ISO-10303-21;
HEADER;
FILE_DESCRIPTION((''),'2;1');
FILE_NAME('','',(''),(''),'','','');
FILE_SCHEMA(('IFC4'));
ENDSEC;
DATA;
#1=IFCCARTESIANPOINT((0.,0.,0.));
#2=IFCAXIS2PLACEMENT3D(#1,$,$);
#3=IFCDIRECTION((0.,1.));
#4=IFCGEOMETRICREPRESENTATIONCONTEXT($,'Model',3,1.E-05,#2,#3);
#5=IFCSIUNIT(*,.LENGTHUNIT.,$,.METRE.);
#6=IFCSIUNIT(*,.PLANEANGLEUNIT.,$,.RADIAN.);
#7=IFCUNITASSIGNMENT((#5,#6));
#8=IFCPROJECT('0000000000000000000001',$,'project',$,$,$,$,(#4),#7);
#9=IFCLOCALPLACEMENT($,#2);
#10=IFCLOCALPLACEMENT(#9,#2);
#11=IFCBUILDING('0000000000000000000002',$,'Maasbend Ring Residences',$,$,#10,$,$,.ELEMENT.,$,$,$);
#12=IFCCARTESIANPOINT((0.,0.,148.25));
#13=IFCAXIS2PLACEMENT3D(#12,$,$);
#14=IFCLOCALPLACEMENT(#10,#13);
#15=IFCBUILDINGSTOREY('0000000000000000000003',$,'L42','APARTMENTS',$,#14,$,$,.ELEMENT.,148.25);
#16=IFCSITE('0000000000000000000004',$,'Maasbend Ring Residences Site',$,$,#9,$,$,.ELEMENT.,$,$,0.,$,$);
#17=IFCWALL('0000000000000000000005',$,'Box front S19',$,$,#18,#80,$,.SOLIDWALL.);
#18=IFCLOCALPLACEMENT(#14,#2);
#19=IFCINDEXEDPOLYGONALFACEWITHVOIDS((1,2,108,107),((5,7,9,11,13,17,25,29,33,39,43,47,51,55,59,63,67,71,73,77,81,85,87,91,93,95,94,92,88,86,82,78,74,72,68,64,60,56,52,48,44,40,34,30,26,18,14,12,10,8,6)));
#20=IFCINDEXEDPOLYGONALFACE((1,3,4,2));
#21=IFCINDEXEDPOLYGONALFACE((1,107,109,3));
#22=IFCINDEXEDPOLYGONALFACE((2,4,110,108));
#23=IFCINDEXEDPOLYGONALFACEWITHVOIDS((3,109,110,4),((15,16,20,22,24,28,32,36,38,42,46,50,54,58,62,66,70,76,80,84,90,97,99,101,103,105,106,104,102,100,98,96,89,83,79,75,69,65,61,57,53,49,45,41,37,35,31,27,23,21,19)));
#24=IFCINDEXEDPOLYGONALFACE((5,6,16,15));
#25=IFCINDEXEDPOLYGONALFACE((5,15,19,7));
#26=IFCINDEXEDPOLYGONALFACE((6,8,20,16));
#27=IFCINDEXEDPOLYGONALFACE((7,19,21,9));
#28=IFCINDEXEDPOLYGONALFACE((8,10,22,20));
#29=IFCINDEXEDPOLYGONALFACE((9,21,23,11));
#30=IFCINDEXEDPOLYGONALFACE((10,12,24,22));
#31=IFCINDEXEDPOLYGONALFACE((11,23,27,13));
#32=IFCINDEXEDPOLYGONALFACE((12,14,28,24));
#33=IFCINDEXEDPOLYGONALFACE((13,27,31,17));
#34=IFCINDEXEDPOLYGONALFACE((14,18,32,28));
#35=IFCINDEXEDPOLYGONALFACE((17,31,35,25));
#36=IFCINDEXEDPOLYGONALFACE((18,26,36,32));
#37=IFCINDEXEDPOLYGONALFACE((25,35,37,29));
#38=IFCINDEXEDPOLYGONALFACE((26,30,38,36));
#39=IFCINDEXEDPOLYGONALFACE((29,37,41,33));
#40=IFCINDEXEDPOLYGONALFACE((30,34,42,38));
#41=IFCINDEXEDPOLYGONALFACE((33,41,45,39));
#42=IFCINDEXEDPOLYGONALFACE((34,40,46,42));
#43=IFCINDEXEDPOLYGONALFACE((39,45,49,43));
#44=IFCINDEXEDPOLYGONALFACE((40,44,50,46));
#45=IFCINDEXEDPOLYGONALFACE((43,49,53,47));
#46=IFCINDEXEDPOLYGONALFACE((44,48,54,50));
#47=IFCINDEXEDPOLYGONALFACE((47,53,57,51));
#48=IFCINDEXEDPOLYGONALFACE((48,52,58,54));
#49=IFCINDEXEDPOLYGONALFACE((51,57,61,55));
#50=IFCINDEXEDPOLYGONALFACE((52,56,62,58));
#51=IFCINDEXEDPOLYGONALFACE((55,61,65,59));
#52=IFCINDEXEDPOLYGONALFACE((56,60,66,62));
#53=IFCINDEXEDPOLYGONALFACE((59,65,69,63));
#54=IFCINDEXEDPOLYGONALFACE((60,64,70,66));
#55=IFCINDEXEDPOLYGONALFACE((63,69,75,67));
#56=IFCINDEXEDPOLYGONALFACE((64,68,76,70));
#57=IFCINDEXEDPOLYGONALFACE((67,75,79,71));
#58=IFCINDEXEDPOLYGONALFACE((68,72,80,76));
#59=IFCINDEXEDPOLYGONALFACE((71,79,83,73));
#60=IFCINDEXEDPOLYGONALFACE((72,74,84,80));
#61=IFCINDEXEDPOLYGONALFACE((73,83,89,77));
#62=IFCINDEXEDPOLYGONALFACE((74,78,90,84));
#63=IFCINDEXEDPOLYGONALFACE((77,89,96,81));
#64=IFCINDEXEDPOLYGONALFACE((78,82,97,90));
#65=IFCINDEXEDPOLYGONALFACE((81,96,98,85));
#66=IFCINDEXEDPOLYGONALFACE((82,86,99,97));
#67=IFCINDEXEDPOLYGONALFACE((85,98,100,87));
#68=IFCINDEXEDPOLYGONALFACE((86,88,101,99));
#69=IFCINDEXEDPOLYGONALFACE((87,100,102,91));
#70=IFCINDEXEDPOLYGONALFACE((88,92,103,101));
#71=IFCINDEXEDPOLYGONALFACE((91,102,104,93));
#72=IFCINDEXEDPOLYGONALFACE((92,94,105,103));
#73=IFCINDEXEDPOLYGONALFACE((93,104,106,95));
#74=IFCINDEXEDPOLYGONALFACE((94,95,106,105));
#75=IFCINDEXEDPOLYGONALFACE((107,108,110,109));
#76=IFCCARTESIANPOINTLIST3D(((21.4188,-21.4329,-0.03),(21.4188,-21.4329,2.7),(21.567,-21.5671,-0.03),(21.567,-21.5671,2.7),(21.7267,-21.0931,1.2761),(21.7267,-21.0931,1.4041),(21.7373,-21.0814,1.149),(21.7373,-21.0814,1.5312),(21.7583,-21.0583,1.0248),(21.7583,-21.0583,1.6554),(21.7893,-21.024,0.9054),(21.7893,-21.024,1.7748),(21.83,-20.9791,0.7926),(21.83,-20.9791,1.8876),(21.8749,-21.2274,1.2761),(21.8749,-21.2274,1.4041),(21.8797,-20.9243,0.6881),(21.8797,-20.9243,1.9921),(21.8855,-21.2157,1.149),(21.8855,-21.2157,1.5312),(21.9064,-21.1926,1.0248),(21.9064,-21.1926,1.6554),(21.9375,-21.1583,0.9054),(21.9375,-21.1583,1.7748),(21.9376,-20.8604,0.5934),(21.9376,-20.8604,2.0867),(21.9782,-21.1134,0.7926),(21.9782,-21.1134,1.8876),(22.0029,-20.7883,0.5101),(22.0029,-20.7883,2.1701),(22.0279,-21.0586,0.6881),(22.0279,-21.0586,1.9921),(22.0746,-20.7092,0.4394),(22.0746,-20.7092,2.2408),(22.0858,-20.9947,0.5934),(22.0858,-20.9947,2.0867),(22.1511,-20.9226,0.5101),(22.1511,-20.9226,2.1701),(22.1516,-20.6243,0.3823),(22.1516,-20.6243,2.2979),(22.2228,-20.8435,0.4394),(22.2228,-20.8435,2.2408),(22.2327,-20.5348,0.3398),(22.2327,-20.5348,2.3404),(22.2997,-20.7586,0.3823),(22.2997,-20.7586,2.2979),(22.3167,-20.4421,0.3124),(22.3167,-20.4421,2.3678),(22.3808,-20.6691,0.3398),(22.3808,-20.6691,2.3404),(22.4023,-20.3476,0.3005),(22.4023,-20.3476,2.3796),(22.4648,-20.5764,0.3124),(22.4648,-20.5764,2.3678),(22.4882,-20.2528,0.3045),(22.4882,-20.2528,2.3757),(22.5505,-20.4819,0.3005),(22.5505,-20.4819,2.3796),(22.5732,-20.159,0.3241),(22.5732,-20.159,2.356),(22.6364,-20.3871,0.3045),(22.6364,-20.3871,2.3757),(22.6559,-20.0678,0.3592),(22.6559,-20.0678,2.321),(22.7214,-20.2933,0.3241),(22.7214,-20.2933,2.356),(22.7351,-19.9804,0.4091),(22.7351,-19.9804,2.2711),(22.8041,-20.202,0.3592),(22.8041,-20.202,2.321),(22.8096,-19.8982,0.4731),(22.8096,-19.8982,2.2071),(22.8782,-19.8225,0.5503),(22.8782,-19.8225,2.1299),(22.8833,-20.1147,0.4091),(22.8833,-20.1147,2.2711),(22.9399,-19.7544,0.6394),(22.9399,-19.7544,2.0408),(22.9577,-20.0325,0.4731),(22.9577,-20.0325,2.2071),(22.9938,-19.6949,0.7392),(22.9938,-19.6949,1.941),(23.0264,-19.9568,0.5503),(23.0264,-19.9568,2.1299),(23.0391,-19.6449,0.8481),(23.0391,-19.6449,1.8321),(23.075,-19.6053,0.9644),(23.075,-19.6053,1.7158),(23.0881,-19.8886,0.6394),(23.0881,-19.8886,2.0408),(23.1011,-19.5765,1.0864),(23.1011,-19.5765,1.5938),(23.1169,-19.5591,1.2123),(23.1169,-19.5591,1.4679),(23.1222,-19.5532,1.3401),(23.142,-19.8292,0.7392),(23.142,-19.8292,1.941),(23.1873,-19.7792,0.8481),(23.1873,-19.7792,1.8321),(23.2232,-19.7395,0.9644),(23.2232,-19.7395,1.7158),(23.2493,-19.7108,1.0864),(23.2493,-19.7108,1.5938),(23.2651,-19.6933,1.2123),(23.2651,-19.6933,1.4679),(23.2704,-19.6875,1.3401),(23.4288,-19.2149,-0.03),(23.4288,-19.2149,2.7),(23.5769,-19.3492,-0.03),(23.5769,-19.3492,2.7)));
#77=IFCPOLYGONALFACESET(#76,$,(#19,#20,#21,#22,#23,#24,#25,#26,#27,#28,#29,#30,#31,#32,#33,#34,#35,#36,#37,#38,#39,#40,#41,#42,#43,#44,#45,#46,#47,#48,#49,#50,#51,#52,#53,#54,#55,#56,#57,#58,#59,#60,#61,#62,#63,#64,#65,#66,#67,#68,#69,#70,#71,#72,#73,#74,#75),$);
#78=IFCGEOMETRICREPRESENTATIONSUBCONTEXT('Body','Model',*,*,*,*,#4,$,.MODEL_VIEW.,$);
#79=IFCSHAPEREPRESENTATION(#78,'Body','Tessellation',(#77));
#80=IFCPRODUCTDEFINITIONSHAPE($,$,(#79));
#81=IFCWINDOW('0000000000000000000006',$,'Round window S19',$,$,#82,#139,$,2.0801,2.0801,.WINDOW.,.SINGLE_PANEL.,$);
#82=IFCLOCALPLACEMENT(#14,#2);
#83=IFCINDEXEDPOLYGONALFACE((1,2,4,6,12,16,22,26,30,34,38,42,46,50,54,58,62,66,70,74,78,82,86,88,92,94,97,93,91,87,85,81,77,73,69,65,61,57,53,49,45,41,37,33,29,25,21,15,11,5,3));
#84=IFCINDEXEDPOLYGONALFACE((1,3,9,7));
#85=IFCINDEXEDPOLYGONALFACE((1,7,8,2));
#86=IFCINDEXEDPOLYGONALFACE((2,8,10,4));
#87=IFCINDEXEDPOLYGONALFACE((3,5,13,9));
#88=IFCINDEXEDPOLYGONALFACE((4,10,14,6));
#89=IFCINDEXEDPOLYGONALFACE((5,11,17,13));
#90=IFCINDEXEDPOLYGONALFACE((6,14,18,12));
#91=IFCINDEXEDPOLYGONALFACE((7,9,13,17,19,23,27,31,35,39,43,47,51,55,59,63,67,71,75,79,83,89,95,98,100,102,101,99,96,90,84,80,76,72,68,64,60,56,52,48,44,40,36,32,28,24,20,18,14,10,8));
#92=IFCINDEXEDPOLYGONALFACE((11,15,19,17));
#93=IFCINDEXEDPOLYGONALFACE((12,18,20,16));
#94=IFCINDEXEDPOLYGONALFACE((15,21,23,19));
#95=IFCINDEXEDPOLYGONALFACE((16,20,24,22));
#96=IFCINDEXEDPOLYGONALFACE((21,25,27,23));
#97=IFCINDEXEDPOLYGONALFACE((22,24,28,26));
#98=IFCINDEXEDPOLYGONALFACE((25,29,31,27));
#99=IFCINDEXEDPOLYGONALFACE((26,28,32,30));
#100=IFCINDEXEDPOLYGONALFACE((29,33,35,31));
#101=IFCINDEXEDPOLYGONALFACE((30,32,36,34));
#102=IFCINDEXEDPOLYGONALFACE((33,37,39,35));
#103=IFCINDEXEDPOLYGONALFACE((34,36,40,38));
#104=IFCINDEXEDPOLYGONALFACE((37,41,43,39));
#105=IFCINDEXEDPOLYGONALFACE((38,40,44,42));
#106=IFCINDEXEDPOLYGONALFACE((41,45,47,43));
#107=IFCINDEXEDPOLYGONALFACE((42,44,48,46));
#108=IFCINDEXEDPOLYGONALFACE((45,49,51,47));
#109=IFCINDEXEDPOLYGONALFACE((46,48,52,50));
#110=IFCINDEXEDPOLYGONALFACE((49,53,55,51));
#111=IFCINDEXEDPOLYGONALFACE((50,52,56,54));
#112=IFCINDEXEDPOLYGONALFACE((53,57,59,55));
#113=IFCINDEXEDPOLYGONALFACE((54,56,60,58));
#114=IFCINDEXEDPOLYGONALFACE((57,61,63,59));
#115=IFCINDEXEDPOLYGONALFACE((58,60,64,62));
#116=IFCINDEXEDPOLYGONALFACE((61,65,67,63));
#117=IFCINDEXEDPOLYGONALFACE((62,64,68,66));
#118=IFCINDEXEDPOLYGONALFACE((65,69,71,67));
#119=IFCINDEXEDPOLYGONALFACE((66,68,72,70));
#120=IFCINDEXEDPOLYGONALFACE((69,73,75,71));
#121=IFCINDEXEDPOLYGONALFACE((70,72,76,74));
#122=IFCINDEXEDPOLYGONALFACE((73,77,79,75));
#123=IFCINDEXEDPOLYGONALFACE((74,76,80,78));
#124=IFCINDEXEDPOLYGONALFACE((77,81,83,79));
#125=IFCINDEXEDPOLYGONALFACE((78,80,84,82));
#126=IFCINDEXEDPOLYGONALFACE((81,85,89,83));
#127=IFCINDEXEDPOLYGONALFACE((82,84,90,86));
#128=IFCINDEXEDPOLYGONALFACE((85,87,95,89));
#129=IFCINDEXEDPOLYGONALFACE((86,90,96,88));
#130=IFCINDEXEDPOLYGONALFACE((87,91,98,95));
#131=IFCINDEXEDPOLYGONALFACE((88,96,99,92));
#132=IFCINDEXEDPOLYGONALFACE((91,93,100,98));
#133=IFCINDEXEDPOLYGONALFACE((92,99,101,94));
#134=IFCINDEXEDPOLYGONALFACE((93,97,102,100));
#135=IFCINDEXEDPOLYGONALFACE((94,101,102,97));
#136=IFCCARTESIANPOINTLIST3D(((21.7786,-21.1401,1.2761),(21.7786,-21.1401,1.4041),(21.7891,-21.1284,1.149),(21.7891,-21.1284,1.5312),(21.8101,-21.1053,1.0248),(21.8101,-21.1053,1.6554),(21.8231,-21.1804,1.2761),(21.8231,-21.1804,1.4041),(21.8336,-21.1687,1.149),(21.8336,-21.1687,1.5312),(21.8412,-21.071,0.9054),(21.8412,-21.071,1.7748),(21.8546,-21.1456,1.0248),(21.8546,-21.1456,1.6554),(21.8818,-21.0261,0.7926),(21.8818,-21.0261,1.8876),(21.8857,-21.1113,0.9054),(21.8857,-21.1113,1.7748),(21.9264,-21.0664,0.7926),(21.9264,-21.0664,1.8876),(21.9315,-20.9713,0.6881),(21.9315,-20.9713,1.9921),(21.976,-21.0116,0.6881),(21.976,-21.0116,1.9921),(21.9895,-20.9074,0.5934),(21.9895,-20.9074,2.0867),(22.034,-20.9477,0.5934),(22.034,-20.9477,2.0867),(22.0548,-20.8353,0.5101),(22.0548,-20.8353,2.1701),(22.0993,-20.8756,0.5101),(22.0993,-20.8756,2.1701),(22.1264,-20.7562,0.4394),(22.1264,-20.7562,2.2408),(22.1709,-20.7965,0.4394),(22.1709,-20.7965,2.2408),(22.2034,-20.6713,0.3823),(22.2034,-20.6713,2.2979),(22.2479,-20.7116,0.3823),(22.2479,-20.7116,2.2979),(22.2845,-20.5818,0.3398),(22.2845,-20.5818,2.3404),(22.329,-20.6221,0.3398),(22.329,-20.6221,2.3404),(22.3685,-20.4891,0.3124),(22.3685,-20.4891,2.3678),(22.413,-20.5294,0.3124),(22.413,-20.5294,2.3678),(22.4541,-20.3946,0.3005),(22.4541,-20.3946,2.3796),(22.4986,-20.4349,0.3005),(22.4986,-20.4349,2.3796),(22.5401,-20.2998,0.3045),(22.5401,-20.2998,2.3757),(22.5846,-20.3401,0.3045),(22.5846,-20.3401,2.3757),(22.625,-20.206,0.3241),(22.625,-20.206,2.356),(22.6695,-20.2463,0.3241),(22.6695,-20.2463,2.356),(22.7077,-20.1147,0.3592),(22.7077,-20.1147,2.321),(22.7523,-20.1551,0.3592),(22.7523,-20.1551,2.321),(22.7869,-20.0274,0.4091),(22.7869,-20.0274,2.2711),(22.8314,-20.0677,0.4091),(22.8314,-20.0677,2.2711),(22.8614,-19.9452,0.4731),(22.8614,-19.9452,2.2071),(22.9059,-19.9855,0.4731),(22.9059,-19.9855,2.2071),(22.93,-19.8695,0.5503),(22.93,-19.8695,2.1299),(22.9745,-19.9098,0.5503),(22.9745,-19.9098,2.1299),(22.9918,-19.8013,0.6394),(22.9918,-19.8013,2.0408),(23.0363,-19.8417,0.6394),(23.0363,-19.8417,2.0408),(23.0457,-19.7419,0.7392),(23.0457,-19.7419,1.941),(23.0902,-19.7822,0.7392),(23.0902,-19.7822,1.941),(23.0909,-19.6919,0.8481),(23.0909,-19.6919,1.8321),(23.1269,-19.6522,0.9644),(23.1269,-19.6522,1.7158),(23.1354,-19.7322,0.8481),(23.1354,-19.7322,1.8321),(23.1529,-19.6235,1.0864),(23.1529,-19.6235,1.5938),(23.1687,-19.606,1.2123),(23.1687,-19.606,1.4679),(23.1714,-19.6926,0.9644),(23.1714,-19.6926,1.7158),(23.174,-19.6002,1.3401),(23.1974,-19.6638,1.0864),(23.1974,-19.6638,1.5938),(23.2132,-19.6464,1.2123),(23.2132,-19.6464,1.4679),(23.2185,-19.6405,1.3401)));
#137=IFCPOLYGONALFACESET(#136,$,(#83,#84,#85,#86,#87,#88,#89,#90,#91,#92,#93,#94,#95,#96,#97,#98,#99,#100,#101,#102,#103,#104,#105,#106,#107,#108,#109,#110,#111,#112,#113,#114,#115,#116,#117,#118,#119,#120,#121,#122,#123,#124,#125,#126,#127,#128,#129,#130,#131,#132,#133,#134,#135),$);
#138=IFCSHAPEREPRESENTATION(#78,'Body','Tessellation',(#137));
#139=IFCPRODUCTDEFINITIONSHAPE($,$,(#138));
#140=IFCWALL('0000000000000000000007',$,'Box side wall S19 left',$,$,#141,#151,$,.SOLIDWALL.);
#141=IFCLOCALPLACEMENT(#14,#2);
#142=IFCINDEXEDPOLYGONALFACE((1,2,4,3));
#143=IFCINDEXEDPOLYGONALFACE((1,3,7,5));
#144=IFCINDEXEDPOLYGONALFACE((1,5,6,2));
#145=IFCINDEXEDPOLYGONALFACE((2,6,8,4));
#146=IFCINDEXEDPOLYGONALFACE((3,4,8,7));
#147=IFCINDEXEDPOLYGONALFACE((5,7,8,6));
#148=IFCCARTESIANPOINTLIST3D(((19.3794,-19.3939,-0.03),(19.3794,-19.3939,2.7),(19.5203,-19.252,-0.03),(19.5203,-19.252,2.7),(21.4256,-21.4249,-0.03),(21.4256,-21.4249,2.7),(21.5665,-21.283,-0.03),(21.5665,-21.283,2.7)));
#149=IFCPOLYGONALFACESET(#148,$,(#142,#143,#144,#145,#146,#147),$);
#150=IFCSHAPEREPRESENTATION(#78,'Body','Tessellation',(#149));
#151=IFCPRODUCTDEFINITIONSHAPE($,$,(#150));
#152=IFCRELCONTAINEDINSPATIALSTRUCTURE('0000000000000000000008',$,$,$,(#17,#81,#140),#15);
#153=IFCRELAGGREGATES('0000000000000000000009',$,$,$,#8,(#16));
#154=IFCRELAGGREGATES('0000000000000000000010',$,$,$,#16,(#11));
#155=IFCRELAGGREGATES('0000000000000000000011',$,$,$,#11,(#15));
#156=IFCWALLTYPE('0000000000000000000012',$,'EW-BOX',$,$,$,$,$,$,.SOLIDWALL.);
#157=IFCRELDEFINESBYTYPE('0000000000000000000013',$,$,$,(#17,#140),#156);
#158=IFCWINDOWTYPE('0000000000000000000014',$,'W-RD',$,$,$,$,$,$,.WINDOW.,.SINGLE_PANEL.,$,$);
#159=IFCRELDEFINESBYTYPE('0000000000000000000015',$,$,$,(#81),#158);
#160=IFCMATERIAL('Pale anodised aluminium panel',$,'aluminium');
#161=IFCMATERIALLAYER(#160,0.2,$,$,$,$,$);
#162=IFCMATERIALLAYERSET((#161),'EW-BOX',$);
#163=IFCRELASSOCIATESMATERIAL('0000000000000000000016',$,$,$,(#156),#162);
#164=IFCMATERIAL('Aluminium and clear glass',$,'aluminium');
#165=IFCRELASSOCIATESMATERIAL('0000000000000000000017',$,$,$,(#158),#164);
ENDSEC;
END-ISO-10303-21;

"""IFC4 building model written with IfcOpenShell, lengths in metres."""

from ifc_helpers import new_model, si_unit, direction, frame, frame_2d, origin, place, context, subcontext, project, spatial, rectangle, circle, extrude, material, layer, layer_set, type_object, element, fill, save


model = new_model("IFC4")

# Units and contexts
model_context = context("Model", 3, precision=1e-05, world=origin(), true_north=direction((0.0, 1.0)))
body_context = subcontext(model_context, "Body", "Model", "MODEL_VIEW")
ifc_project = project(units=[si_unit("LENGTHUNIT", "METRE"), si_unit("PLANEANGLEUNIT", "RADIAN")], contexts=[model_context])

# Site, building, storey
site_placement = place(None, origin())
site = spatial("IfcSite", under=ifc_project, at=site_placement, Name="Maasbend Ring Residences Site", CompositionType="ELEMENT", RefElevation=0.0)
building_placement = place(site_placement, origin())
building = spatial("IfcBuilding", under=site, at=building_placement, Name="Maasbend Ring Residences", CompositionType="ELEMENT")
storey_placement = place(building_placement, frame((0.0, 0.0, 148.25)))
storey = spatial("IfcBuildingStorey", under=building, at=storey_placement, Name="L42", Description="APARTMENTS", CompositionType="ELEMENT", Elevation=148.25)

# Shared definitions
ifc_material_1 = material(Name="Pale anodised aluminium panel", Category="aluminium")
ifc_layer_1 = layer(ifc_material_1, 0.2)
ifc_layer_set_1 = layer_set([ifc_layer_1], Name="EW-BOX")
wall_type_1 = type_object("IfcWallType", Name="EW-BOX", PredefinedType="SOLIDWALL", material=ifc_layer_set_1)

# Shared definitions
ifc_material_2 = material(Name="Aluminium and clear glass", Category="aluminium")
window_type_1 = type_object("IfcWindowType", Name="W-RD", PartitioningType="SINGLE_PANEL", PredefinedType="WINDOW", material=ifc_material_2)

# Wall, opening, window
wall_1_placement = place(storey_placement, frame((21.4929, -21.5, -0.03), z_axis=(0.0, 0.0, 1.0), x_axis=(0.671507, 0.740998, 0.0)))
wall_1 = element("IfcWall", 1, at=wall_1_placement, inside=storey, type_object=wall_type_1, Name="Box front S19", PredefinedType="SOLIDWALL", context=body_context, shape_type="SweptSolid", body=[
    extrude(rectangle(XDim=2.9932, YDim=0.2, at=frame_2d((1.4966, 0.0))), origin(), (0.0, 0.0, 1.0), 2.73),
])
opening_1_placement = place(wall_1_placement, frame((0.4565, 0.0, 0.3301)))
opening_1 = element("IfcOpeningElement", 2, at=opening_1_placement, cuts=wall_1, PredefinedType="OPENING", context=body_context, shape_type="SweptSolid", body=[
    extrude(circle(Radius=1.04, at=frame_2d((1.04, 1.04))), frame((0.0, 0.1099, 0.0), z_axis=(0.0, -1.0, 0.0), x_axis=(1.0, 0.0, 0.0)), (0.0, 0.0, 1.0), 0.22),
])
window_1_placement = place(opening_1_placement, origin())
window_1 = element("IfcWindow", 3, at=window_1_placement, inside=storey, type_object=window_type_1, Name="Round window S19", OverallHeight=2.0801, OverallWidth=2.0801, PartitioningType="SINGLE_PANEL", PredefinedType="WINDOW", context=body_context, shape_type="SweptSolid", body=[
    extrude(circle(Radius=1.04, at=frame_2d((1.04, 1.04))), frame((0.0, 0.03, 0.0), z_axis=(0.0, -1.0, 0.0), x_axis=(1.0, 0.0, 0.0)), (0.0, 0.0, 1.0), 0.0601),
])
fill(opening_1, window_1)

# Wall
wall_2_placement = place(storey_placement, frame((19.45, -19.323, -0.03), z_axis=(0.0, 0.0, 1.0), x_axis=(0.709727, -0.704477, 0.0)))
element("IfcWall", 4, at=wall_2_placement, inside=storey, type_object=wall_type_1, Name="Box side wall S19 left", PredefinedType="SOLIDWALL", context=body_context, shape_type="SweptSolid", body=[
    extrude(rectangle(XDim=2.8831, YDim=0.2, at=frame_2d((1.4414, 0.0))), origin(), (0.0, 0.0, 1.0), 2.73),
])

save(model, "model.ifc")
